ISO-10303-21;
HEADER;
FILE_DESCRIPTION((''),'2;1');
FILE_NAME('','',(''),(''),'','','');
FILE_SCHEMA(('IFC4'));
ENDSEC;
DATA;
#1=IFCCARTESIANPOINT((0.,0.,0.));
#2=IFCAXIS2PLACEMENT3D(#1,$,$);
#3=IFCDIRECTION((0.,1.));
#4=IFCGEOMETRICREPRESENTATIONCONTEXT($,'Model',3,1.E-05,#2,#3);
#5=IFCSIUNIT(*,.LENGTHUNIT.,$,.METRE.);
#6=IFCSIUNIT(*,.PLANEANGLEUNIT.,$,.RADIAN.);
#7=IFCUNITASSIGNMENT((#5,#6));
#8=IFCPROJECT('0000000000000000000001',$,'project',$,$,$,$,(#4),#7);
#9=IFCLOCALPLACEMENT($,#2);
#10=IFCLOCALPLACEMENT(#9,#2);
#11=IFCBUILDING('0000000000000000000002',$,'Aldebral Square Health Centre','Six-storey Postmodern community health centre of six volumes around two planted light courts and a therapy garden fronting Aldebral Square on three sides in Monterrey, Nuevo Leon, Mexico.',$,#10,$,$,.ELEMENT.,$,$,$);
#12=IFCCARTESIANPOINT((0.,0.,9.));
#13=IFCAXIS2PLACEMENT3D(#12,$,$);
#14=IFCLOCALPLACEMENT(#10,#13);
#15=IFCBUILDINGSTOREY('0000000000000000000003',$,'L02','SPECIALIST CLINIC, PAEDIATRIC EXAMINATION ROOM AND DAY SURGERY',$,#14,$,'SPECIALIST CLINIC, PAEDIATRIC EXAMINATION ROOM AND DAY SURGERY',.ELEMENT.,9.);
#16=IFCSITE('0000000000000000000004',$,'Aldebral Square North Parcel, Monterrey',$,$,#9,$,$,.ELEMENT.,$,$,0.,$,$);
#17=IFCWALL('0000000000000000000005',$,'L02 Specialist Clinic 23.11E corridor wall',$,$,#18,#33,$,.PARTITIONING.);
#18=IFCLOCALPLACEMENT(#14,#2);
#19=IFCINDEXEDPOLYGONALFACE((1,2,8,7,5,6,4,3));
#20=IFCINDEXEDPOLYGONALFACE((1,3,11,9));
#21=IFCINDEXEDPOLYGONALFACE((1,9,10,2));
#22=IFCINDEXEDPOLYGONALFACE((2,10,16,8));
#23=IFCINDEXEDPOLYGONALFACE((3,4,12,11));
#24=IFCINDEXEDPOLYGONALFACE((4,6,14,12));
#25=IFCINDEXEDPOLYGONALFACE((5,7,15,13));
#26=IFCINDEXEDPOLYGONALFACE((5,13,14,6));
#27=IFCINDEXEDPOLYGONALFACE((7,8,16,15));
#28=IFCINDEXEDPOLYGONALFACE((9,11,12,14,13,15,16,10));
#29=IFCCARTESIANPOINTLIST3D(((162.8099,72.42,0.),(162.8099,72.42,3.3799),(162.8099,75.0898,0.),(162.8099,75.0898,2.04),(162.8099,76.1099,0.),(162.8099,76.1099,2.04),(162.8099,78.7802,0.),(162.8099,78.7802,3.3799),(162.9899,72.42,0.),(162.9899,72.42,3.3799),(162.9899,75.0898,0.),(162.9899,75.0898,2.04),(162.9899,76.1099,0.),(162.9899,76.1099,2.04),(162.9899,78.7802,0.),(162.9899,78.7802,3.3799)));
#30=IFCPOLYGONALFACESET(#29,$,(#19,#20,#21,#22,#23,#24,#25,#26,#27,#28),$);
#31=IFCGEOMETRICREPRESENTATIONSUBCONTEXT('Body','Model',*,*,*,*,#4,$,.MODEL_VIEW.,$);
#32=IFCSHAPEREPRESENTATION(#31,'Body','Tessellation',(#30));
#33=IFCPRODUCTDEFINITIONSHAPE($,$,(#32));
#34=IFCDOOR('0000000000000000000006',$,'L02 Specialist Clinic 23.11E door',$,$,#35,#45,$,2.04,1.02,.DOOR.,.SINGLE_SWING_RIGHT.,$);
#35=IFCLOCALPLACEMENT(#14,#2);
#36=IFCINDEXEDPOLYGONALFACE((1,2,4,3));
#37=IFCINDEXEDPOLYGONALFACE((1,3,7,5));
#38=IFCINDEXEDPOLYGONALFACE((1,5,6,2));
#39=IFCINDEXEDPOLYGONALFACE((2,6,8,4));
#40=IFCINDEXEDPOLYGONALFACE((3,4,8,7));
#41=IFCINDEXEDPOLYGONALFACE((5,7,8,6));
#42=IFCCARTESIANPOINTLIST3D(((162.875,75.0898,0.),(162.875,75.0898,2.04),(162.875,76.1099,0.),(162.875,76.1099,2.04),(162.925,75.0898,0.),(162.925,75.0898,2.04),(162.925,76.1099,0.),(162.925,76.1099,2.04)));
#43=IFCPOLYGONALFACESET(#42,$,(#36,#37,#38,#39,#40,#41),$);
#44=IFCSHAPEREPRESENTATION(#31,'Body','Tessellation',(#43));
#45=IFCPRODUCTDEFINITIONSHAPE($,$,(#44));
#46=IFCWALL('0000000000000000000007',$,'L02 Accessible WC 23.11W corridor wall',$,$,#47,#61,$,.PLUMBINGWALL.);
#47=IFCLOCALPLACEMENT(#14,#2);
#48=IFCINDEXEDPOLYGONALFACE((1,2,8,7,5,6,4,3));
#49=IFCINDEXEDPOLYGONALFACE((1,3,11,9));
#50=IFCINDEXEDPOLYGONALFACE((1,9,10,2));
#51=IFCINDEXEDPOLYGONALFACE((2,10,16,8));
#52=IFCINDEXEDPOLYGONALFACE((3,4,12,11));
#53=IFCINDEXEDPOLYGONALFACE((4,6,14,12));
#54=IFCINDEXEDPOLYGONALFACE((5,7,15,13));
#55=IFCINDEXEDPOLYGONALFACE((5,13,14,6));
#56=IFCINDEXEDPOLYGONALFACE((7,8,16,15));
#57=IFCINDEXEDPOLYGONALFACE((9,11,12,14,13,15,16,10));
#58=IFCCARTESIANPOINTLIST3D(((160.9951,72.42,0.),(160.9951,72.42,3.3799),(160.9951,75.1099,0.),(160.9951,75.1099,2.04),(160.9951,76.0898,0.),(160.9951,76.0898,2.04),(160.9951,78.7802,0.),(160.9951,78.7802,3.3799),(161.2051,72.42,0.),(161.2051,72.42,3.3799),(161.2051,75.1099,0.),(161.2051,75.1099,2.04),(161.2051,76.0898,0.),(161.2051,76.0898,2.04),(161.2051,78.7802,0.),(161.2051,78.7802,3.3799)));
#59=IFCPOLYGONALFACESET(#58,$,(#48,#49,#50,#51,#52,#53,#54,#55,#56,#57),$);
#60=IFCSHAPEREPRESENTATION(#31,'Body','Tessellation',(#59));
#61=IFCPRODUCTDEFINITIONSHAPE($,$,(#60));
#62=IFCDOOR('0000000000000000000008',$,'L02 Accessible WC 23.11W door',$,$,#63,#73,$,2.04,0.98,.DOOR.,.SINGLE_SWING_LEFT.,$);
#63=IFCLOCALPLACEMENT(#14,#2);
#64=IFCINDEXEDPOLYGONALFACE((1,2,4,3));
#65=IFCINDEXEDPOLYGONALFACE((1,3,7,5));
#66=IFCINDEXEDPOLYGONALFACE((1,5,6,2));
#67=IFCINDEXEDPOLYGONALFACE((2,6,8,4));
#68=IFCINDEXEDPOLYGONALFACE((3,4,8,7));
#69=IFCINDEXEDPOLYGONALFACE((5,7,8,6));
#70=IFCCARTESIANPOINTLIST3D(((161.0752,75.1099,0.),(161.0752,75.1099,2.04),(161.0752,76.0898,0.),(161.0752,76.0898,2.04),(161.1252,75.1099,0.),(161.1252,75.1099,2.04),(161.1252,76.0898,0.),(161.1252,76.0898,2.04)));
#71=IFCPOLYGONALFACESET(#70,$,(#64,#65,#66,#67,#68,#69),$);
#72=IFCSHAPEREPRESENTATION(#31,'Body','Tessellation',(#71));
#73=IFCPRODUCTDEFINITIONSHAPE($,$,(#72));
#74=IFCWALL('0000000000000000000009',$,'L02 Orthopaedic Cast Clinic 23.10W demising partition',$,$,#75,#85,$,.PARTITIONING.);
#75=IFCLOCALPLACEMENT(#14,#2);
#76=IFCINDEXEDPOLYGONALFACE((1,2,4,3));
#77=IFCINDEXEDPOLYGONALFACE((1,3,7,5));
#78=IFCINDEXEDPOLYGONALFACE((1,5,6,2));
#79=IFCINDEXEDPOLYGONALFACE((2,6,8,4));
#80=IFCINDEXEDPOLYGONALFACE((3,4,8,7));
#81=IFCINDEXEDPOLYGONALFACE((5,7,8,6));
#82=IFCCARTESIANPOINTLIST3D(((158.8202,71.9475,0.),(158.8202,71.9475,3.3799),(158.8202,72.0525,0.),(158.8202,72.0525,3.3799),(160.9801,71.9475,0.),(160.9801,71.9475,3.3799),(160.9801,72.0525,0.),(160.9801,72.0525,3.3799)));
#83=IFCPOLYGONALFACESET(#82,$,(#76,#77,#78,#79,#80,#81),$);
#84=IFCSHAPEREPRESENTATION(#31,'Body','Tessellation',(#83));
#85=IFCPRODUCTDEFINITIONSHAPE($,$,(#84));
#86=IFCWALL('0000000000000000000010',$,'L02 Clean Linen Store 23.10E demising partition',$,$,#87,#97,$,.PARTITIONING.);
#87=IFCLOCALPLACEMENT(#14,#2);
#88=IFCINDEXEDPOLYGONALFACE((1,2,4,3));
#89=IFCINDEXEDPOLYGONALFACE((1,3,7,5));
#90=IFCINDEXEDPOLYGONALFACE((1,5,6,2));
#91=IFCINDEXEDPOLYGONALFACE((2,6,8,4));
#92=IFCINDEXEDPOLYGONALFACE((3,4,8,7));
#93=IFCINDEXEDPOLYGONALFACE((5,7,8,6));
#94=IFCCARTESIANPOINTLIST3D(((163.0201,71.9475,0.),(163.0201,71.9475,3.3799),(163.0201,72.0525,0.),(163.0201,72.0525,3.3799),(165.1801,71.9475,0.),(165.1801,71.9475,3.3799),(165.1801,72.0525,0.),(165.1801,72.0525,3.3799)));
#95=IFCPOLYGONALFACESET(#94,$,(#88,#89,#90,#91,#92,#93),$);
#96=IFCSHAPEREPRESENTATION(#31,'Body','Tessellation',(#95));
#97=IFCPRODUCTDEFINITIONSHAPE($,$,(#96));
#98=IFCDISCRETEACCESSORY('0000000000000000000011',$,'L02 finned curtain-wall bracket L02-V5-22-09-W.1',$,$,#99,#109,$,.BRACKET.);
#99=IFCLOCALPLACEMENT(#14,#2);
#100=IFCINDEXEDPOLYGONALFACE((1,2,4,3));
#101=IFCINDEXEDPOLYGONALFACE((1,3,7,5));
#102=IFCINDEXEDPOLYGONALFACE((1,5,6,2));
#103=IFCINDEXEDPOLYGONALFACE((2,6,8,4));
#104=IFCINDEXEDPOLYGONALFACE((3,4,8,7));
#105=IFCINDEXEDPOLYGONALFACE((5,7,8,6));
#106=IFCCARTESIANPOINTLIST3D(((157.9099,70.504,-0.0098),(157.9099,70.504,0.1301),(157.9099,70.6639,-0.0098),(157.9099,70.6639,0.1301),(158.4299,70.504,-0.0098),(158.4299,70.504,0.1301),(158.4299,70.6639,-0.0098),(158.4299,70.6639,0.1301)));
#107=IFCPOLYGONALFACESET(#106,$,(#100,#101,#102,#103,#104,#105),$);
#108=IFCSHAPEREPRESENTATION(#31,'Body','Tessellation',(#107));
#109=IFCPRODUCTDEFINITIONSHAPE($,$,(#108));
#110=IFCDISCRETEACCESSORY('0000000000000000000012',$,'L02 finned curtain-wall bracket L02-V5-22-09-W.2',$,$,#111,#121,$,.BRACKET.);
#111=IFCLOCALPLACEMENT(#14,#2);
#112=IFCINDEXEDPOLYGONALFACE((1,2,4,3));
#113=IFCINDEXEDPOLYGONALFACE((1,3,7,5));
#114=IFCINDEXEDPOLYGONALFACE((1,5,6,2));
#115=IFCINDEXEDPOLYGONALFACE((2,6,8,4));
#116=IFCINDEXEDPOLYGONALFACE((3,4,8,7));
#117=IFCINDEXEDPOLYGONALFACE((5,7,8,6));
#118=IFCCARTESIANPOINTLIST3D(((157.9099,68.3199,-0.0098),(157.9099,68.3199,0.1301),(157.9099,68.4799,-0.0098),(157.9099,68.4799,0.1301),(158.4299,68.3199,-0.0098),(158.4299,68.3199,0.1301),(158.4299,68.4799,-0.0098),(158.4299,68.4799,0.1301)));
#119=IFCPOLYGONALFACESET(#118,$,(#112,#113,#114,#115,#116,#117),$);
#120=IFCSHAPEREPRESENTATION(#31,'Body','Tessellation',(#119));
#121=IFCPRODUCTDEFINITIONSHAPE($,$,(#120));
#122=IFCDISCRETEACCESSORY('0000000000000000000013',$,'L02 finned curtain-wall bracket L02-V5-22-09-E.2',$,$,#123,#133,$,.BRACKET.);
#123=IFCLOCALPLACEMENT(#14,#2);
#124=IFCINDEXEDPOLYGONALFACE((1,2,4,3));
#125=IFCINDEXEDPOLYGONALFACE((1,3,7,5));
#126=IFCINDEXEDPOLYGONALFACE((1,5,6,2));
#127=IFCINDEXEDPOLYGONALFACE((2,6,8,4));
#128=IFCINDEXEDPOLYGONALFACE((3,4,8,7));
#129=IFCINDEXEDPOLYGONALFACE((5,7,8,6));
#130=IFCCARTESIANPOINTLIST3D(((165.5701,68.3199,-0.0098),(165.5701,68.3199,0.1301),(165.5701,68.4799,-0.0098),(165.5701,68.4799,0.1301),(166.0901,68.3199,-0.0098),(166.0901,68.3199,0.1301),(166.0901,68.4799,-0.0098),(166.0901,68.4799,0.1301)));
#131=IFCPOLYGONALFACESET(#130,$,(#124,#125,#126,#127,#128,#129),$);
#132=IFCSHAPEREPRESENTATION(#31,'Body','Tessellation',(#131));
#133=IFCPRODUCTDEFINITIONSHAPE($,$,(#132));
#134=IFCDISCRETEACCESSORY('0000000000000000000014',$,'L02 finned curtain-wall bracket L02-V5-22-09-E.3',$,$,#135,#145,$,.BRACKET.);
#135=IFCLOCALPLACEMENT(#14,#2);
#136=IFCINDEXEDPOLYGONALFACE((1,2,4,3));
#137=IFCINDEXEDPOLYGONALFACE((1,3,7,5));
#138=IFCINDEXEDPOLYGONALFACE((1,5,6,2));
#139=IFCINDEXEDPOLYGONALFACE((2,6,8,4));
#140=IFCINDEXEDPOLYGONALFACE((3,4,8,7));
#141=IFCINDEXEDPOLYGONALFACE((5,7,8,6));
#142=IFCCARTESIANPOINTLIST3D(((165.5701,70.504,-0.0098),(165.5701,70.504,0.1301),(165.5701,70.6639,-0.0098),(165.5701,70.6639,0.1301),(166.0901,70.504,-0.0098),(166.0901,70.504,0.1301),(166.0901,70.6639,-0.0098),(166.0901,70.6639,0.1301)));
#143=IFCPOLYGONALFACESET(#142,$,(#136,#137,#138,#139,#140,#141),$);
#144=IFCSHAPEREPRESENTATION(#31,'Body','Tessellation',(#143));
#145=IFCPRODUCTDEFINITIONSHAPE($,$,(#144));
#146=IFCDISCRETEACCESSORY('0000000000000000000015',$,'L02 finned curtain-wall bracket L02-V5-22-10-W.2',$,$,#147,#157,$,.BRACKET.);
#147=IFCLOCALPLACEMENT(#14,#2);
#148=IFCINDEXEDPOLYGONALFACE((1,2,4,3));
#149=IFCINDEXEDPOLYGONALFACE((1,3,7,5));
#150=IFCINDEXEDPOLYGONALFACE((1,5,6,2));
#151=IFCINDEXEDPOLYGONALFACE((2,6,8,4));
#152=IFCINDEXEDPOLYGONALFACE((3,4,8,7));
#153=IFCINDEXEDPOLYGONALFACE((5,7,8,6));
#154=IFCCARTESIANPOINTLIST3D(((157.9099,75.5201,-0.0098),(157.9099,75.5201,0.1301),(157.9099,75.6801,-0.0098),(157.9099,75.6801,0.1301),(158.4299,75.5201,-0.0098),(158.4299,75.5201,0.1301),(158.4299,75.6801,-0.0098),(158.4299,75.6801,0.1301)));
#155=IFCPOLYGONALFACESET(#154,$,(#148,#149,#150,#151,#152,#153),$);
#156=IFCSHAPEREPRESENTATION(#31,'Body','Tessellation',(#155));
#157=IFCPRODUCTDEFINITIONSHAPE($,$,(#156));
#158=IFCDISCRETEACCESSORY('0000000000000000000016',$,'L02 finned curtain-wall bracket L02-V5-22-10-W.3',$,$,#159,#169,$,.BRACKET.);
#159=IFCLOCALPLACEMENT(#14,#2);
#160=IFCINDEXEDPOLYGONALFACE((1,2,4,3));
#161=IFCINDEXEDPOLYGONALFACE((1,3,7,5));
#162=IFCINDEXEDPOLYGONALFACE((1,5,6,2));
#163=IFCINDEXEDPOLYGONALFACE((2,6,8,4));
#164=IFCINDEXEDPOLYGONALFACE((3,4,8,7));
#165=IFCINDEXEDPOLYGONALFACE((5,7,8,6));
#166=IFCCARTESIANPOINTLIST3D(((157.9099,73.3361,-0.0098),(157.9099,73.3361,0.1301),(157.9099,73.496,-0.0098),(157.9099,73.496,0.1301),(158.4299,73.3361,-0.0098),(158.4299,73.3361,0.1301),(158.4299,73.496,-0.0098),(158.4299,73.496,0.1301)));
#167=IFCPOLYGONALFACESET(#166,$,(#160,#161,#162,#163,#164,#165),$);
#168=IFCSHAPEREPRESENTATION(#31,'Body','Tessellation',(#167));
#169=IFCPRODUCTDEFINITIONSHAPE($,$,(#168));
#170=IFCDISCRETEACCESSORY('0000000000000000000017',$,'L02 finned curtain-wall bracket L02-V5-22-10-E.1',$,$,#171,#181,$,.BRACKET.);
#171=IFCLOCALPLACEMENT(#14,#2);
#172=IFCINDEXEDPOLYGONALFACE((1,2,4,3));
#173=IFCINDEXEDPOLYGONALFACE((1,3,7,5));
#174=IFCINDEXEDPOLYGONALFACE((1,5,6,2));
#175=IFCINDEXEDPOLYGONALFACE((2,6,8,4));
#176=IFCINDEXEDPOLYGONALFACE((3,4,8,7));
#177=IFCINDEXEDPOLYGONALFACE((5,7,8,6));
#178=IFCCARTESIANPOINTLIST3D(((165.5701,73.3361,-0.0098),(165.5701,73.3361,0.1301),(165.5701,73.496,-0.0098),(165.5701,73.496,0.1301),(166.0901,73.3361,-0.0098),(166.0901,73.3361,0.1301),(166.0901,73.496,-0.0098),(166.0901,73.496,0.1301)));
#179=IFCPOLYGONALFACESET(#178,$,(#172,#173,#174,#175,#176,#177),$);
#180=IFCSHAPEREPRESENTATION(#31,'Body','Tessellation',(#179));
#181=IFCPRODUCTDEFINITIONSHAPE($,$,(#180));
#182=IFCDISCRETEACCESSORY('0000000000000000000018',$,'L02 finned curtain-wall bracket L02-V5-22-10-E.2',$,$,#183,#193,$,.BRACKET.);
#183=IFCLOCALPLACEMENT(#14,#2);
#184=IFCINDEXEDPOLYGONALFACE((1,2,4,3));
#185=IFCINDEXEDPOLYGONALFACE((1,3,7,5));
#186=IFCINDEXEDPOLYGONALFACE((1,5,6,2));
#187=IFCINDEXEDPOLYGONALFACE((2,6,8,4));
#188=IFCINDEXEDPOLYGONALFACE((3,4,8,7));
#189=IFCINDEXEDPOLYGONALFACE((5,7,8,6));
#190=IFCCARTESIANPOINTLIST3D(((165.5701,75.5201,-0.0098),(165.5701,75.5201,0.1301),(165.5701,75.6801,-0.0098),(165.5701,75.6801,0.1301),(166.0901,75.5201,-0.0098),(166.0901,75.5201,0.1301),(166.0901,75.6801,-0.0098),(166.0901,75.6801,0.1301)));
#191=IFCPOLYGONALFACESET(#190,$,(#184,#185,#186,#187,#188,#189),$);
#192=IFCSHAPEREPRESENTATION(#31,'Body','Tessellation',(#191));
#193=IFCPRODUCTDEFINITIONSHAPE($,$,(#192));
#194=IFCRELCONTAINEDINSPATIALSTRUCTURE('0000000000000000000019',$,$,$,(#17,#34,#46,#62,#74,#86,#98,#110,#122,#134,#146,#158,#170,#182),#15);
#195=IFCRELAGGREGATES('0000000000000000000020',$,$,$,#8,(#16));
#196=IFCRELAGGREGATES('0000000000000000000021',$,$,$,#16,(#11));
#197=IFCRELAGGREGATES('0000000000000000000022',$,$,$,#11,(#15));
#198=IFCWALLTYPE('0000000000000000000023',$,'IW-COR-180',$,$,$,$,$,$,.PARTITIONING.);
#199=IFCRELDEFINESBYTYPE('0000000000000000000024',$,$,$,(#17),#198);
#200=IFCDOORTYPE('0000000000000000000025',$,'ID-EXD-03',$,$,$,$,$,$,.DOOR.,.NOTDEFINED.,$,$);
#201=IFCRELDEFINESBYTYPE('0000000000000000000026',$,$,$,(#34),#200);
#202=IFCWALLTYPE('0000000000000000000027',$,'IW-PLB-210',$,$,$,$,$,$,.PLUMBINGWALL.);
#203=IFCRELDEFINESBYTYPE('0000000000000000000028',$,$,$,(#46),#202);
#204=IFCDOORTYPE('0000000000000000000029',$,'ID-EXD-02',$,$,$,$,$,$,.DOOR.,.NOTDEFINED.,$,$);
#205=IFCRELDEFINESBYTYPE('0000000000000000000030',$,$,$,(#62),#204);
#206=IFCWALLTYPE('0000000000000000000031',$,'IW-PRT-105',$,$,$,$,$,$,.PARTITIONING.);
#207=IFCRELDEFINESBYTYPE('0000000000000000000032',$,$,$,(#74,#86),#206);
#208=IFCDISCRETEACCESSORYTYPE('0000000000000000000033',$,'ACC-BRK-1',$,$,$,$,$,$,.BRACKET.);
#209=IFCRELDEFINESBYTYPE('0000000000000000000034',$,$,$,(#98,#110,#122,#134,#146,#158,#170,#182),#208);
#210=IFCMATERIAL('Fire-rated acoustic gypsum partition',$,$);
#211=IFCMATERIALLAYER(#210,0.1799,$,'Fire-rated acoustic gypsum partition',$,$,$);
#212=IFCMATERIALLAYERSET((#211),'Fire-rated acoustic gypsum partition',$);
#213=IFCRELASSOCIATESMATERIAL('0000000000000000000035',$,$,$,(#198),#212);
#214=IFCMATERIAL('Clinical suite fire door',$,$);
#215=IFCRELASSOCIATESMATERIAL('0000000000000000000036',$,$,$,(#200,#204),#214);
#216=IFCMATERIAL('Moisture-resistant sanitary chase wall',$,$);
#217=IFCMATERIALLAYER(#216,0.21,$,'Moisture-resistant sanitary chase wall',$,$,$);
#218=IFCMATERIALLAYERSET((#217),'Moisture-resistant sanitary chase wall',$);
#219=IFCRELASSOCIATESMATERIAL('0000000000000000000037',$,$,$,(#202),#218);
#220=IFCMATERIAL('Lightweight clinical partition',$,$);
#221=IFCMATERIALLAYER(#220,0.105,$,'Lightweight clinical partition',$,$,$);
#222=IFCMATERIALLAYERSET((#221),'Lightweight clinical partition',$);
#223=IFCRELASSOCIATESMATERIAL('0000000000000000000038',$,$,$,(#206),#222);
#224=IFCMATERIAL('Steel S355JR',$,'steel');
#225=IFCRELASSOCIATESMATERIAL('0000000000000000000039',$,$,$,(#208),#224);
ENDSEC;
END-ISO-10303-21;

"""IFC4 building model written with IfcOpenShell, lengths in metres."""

from ifc_helpers import new_model, si_unit, direction, frame, frame_2d, origin, origin_2d, place, context, subcontext, project, spatial, rectangle, extrude, material, layer, layer_set, type_object, element, fill, save


model = new_model("IFC4")

# Units and contexts
model_context = context("Model", 3, precision=1e-05, world=origin(), true_north=direction((0.0, 1.0)))
body_context = subcontext(model_context, "Body", "Model", "MODEL_VIEW")
ifc_project = project(units=[si_unit("LENGTHUNIT", "METRE"), si_unit("PLANEANGLEUNIT", "RADIAN")], contexts=[model_context])

# Site, building, storey
site_placement = place(None, origin())
site = spatial("IfcSite", under=ifc_project, at=site_placement, Name="Aldebral Square North Parcel, Monterrey", CompositionType="ELEMENT", RefElevation=0.0)
building_placement = place(site_placement, origin())
building = spatial("IfcBuilding", under=site, at=building_placement, Name="Aldebral Square Health Centre", Description="Six-storey Postmodern community health centre of six volumes around two planted light courts and a therapy garden fronting Aldebral Square on three sides in Monterrey, Nuevo Leon, Mexico.", CompositionType="ELEMENT")
storey_placement = place(building_placement, frame((0.0, 0.0, 9.0)))
storey = spatial("IfcBuildingStorey", under=building, at=storey_placement, Name="L02", Description="SPECIALIST CLINIC, PAEDIATRIC EXAMINATION ROOM AND DAY SURGERY", LongName="SPECIALIST CLINIC, PAEDIATRIC EXAMINATION ROOM AND DAY SURGERY", CompositionType="ELEMENT", Elevation=9.0)

# Walls, openings, doors
ifc_material_1 = material(Name="Fire-rated acoustic gypsum partition")
ifc_layer_1 = layer(ifc_material_1, 0.1799, Name="Fire-rated acoustic gypsum partition")
ifc_layer_set_1 = layer_set([ifc_layer_1], Name="Fire-rated acoustic gypsum partition")
wall_type_1 = type_object("IfcWallType", Name="IW-COR-180", PredefinedType="PARTITIONING", material=ifc_layer_set_1)
wall_1_placement = place(storey_placement, frame((162.8999, 72.4199, 0.0), z_axis=(0.0, 0.0, 1.0), x_axis=(0.0, 1.0, 0.0)))
wall_1 = element("IfcWall", 1, at=wall_1_placement, inside=storey, type_object=wall_type_1, Name="L02 Specialist Clinic 23.11E corridor wall", PredefinedType="PARTITIONING", context=body_context, shape_type="SweptSolid", body=[
    extrude(rectangle(XDim=6.3601, YDim=0.1799, at=frame_2d((3.1802, 0.0))), origin(), (0.0, 0.0, 1.0), 3.3799),
])
opening_1_placement = place(wall_1_placement, frame((2.6699, 0.0, 0.0)))
opening_1 = element("IfcOpeningElement", 2, at=opening_1_placement, cuts=wall_1, PredefinedType="OPENING", context=body_context, shape_type="SweptSolid", body=[
    extrude(rectangle(XDim=1.02, YDim=2.04, at=frame_2d((0.51, 1.02))), frame((0.0, 0.1001, 0.0), z_axis=(0.0, -1.0, 0.0), x_axis=(1.0, 0.0, 0.0)), (0.0, 0.0, 1.0), 0.2),
])
ifc_material_2 = material(Name="Clinical suite fire door")
door_type_1 = type_object("IfcDoorType", Name="ID-EXD-03", OperationType="NOTDEFINED", PredefinedType="DOOR", material=ifc_material_2)
door_1_placement = place(opening_1_placement, origin())
door_1 = element("IfcDoor", 3, at=door_1_placement, inside=storey, type_object=door_type_1, Name="L02 Specialist Clinic 23.11E door", OperationType="SINGLE_SWING_RIGHT", OverallHeight=2.04, OverallWidth=1.02, PredefinedType="DOOR", context=body_context, shape_type="SweptSolid", body=[
    extrude(rectangle(XDim=1.02, YDim=2.04, at=frame_2d((0.51, 1.02))), frame((0.0, 0.0249, 0.0), z_axis=(0.0, -1.0, 0.0), x_axis=(1.0, 0.0, 0.0)), (0.0, 0.0, 1.0), 0.05),
])
fill(opening_1, door_1)
ifc_material_3 = material(Name="Moisture-resistant sanitary chase wall")
ifc_layer_2 = layer(ifc_material_3, 0.21, Name="Moisture-resistant sanitary chase wall")
ifc_layer_set_2 = layer_set([ifc_layer_2], Name="Moisture-resistant sanitary chase wall")
wall_type_2 = type_object("IfcWallType", Name="IW-PLB-210", PredefinedType="PLUMBINGWALL", material=ifc_layer_set_2)
wall_2_placement = place(storey_placement, frame((161.1001, 72.4199, 0.0), z_axis=(0.0, 0.0, 1.0), x_axis=(0.0, 1.0, 0.0)))
wall_2 = element("IfcWall", 4, at=wall_2_placement, inside=storey, type_object=wall_type_2, Name="L02 Accessible WC 23.11W corridor wall", PredefinedType="PLUMBINGWALL", context=body_context, shape_type="SweptSolid", body=[
    extrude(rectangle(XDim=6.3601, YDim=0.21, at=frame_2d((3.1802, 0.0))), origin(), (0.0, 0.0, 1.0), 3.3799),
])
opening_2_placement = place(wall_2_placement, frame((2.6899, 0.0, 0.0)))
opening_2 = element("IfcOpeningElement", 5, at=opening_2_placement, cuts=wall_2, PredefinedType="OPENING", context=body_context, shape_type="SweptSolid", body=[
    extrude(rectangle(XDim=0.98, YDim=2.04, at=frame_2d((0.49, 1.02))), frame((0.0, 0.115, 0.0), z_axis=(0.0, -1.0, 0.0), x_axis=(1.0, 0.0, 0.0)), (0.0, 0.0, 1.0), 0.23),
])
door_type_2 = type_object("IfcDoorType", Name="ID-EXD-02", OperationType="NOTDEFINED", PredefinedType="DOOR", material=ifc_material_2)
door_2_placement = place(opening_2_placement, origin())
door_2 = element("IfcDoor", 6, at=door_2_placement, inside=storey, type_object=door_type_2, Name="L02 Accessible WC 23.11W door", OperationType="SINGLE_SWING_LEFT", OverallHeight=2.04, OverallWidth=0.98, PredefinedType="DOOR", context=body_context, shape_type="SweptSolid", body=[
    extrude(rectangle(XDim=0.98, YDim=2.04, at=frame_2d((0.49, 1.02))), frame((0.0, 0.0249, 0.0), z_axis=(0.0, -1.0, 0.0), x_axis=(1.0, 0.0, 0.0)), (0.0, 0.0, 1.0), 0.05),
])
fill(opening_2, door_2)

# Walls
ifc_material_4 = material(Name="Lightweight clinical partition")
ifc_layer_3 = layer(ifc_material_4, 0.105, Name="Lightweight clinical partition")
ifc_layer_set_3 = layer_set([ifc_layer_3], Name="Lightweight clinical partition")
wall_type_3 = type_object("IfcWallType", Name="IW-PRT-105", PredefinedType="PARTITIONING", material=ifc_layer_set_3)
for number, where, z_axis, x_axis, name in (
    (7, (158.8201, 72.0, 0.0), (0.0, 0.0, 1.0), (1.0, 0.0, 0.0), "L02 Orthopaedic Cast Clinic 23.10W demising partition"),
    (8, (163.02, 72.0, 0.0), (0.0, 0.0, 1.0), (1.0, 0.0, 0.0), "L02 Clean Linen Store 23.10E demising partition"),
):
    element("IfcWall", number, at=place(storey_placement, frame(where, z_axis=z_axis, x_axis=x_axis)), inside=storey, type_object=wall_type_3, Name=name, PredefinedType="PARTITIONING", context=body_context, shape_type="SweptSolid", body=[
        extrude(rectangle(XDim=2.1599, YDim=0.105, at=frame_2d((1.0801, 0.0))), origin(), (0.0, 0.0, 1.0), 3.3799),
    ])

# Discrete accessories
ifc_material_5 = material(Name="Steel S355JR", Category="steel")
discrete_accessory_type = type_object("IfcDiscreteAccessoryType", Name="ACC-BRK-1", PredefinedType="BRACKET", material=ifc_material_5)
for number, where, z_axis, x_axis, name in (
    (9, (158.1699, 70.584, -0.0098), (0.0, 0.0, 1.0), (0.0, 1.0, 0.0), "L02 finned curtain-wall bracket L02-V5-22-09-W.1"),
    (10, (158.1699, 68.3999, -0.0098), (0.0, 0.0, 1.0), (0.0, 1.0, 0.0), "L02 finned curtain-wall bracket L02-V5-22-09-W.2"),
    (11, (165.8301, 68.3999, -0.0098), (0.0, 0.0, 1.0), (0.0, 1.0, 0.0), "L02 finned curtain-wall bracket L02-V5-22-09-E.2"),
    (12, (165.8301, 70.584, -0.0098), (0.0, 0.0, 1.0), (0.0, 1.0, 0.0), "L02 finned curtain-wall bracket L02-V5-22-09-E.3"),
    (13, (158.1699, 75.6001, -0.0098), (0.0, 0.0, 1.0), (0.0, 1.0, 0.0), "L02 finned curtain-wall bracket L02-V5-22-10-W.2"),
    (14, (158.1699, 73.416, -0.0098), (0.0, 0.0, 1.0), (0.0, 1.0, 0.0), "L02 finned curtain-wall bracket L02-V5-22-10-W.3"),
    (15, (165.8301, 73.416, -0.0098), (0.0, 0.0, 1.0), (0.0, 1.0, 0.0), "L02 finned curtain-wall bracket L02-V5-22-10-E.1"),
    (16, (165.8301, 75.6001, -0.0098), (0.0, 0.0, 1.0), (0.0, 1.0, 0.0), "L02 finned curtain-wall bracket L02-V5-22-10-E.2"),
):
    element("IfcDiscreteAccessory", number, at=place(storey_placement, frame(where, z_axis=z_axis, x_axis=x_axis)), inside=storey, type_object=discrete_accessory_type, Name=name, PredefinedType="BRACKET", context=body_context, shape_type="SweptSolid", body=[
        extrude(rectangle(XDim=0.1599, YDim=0.52, at=origin_2d()), origin(), (0.0, 0.0, 1.0), 0.1399),
    ])

save(model, "model.ifc")
